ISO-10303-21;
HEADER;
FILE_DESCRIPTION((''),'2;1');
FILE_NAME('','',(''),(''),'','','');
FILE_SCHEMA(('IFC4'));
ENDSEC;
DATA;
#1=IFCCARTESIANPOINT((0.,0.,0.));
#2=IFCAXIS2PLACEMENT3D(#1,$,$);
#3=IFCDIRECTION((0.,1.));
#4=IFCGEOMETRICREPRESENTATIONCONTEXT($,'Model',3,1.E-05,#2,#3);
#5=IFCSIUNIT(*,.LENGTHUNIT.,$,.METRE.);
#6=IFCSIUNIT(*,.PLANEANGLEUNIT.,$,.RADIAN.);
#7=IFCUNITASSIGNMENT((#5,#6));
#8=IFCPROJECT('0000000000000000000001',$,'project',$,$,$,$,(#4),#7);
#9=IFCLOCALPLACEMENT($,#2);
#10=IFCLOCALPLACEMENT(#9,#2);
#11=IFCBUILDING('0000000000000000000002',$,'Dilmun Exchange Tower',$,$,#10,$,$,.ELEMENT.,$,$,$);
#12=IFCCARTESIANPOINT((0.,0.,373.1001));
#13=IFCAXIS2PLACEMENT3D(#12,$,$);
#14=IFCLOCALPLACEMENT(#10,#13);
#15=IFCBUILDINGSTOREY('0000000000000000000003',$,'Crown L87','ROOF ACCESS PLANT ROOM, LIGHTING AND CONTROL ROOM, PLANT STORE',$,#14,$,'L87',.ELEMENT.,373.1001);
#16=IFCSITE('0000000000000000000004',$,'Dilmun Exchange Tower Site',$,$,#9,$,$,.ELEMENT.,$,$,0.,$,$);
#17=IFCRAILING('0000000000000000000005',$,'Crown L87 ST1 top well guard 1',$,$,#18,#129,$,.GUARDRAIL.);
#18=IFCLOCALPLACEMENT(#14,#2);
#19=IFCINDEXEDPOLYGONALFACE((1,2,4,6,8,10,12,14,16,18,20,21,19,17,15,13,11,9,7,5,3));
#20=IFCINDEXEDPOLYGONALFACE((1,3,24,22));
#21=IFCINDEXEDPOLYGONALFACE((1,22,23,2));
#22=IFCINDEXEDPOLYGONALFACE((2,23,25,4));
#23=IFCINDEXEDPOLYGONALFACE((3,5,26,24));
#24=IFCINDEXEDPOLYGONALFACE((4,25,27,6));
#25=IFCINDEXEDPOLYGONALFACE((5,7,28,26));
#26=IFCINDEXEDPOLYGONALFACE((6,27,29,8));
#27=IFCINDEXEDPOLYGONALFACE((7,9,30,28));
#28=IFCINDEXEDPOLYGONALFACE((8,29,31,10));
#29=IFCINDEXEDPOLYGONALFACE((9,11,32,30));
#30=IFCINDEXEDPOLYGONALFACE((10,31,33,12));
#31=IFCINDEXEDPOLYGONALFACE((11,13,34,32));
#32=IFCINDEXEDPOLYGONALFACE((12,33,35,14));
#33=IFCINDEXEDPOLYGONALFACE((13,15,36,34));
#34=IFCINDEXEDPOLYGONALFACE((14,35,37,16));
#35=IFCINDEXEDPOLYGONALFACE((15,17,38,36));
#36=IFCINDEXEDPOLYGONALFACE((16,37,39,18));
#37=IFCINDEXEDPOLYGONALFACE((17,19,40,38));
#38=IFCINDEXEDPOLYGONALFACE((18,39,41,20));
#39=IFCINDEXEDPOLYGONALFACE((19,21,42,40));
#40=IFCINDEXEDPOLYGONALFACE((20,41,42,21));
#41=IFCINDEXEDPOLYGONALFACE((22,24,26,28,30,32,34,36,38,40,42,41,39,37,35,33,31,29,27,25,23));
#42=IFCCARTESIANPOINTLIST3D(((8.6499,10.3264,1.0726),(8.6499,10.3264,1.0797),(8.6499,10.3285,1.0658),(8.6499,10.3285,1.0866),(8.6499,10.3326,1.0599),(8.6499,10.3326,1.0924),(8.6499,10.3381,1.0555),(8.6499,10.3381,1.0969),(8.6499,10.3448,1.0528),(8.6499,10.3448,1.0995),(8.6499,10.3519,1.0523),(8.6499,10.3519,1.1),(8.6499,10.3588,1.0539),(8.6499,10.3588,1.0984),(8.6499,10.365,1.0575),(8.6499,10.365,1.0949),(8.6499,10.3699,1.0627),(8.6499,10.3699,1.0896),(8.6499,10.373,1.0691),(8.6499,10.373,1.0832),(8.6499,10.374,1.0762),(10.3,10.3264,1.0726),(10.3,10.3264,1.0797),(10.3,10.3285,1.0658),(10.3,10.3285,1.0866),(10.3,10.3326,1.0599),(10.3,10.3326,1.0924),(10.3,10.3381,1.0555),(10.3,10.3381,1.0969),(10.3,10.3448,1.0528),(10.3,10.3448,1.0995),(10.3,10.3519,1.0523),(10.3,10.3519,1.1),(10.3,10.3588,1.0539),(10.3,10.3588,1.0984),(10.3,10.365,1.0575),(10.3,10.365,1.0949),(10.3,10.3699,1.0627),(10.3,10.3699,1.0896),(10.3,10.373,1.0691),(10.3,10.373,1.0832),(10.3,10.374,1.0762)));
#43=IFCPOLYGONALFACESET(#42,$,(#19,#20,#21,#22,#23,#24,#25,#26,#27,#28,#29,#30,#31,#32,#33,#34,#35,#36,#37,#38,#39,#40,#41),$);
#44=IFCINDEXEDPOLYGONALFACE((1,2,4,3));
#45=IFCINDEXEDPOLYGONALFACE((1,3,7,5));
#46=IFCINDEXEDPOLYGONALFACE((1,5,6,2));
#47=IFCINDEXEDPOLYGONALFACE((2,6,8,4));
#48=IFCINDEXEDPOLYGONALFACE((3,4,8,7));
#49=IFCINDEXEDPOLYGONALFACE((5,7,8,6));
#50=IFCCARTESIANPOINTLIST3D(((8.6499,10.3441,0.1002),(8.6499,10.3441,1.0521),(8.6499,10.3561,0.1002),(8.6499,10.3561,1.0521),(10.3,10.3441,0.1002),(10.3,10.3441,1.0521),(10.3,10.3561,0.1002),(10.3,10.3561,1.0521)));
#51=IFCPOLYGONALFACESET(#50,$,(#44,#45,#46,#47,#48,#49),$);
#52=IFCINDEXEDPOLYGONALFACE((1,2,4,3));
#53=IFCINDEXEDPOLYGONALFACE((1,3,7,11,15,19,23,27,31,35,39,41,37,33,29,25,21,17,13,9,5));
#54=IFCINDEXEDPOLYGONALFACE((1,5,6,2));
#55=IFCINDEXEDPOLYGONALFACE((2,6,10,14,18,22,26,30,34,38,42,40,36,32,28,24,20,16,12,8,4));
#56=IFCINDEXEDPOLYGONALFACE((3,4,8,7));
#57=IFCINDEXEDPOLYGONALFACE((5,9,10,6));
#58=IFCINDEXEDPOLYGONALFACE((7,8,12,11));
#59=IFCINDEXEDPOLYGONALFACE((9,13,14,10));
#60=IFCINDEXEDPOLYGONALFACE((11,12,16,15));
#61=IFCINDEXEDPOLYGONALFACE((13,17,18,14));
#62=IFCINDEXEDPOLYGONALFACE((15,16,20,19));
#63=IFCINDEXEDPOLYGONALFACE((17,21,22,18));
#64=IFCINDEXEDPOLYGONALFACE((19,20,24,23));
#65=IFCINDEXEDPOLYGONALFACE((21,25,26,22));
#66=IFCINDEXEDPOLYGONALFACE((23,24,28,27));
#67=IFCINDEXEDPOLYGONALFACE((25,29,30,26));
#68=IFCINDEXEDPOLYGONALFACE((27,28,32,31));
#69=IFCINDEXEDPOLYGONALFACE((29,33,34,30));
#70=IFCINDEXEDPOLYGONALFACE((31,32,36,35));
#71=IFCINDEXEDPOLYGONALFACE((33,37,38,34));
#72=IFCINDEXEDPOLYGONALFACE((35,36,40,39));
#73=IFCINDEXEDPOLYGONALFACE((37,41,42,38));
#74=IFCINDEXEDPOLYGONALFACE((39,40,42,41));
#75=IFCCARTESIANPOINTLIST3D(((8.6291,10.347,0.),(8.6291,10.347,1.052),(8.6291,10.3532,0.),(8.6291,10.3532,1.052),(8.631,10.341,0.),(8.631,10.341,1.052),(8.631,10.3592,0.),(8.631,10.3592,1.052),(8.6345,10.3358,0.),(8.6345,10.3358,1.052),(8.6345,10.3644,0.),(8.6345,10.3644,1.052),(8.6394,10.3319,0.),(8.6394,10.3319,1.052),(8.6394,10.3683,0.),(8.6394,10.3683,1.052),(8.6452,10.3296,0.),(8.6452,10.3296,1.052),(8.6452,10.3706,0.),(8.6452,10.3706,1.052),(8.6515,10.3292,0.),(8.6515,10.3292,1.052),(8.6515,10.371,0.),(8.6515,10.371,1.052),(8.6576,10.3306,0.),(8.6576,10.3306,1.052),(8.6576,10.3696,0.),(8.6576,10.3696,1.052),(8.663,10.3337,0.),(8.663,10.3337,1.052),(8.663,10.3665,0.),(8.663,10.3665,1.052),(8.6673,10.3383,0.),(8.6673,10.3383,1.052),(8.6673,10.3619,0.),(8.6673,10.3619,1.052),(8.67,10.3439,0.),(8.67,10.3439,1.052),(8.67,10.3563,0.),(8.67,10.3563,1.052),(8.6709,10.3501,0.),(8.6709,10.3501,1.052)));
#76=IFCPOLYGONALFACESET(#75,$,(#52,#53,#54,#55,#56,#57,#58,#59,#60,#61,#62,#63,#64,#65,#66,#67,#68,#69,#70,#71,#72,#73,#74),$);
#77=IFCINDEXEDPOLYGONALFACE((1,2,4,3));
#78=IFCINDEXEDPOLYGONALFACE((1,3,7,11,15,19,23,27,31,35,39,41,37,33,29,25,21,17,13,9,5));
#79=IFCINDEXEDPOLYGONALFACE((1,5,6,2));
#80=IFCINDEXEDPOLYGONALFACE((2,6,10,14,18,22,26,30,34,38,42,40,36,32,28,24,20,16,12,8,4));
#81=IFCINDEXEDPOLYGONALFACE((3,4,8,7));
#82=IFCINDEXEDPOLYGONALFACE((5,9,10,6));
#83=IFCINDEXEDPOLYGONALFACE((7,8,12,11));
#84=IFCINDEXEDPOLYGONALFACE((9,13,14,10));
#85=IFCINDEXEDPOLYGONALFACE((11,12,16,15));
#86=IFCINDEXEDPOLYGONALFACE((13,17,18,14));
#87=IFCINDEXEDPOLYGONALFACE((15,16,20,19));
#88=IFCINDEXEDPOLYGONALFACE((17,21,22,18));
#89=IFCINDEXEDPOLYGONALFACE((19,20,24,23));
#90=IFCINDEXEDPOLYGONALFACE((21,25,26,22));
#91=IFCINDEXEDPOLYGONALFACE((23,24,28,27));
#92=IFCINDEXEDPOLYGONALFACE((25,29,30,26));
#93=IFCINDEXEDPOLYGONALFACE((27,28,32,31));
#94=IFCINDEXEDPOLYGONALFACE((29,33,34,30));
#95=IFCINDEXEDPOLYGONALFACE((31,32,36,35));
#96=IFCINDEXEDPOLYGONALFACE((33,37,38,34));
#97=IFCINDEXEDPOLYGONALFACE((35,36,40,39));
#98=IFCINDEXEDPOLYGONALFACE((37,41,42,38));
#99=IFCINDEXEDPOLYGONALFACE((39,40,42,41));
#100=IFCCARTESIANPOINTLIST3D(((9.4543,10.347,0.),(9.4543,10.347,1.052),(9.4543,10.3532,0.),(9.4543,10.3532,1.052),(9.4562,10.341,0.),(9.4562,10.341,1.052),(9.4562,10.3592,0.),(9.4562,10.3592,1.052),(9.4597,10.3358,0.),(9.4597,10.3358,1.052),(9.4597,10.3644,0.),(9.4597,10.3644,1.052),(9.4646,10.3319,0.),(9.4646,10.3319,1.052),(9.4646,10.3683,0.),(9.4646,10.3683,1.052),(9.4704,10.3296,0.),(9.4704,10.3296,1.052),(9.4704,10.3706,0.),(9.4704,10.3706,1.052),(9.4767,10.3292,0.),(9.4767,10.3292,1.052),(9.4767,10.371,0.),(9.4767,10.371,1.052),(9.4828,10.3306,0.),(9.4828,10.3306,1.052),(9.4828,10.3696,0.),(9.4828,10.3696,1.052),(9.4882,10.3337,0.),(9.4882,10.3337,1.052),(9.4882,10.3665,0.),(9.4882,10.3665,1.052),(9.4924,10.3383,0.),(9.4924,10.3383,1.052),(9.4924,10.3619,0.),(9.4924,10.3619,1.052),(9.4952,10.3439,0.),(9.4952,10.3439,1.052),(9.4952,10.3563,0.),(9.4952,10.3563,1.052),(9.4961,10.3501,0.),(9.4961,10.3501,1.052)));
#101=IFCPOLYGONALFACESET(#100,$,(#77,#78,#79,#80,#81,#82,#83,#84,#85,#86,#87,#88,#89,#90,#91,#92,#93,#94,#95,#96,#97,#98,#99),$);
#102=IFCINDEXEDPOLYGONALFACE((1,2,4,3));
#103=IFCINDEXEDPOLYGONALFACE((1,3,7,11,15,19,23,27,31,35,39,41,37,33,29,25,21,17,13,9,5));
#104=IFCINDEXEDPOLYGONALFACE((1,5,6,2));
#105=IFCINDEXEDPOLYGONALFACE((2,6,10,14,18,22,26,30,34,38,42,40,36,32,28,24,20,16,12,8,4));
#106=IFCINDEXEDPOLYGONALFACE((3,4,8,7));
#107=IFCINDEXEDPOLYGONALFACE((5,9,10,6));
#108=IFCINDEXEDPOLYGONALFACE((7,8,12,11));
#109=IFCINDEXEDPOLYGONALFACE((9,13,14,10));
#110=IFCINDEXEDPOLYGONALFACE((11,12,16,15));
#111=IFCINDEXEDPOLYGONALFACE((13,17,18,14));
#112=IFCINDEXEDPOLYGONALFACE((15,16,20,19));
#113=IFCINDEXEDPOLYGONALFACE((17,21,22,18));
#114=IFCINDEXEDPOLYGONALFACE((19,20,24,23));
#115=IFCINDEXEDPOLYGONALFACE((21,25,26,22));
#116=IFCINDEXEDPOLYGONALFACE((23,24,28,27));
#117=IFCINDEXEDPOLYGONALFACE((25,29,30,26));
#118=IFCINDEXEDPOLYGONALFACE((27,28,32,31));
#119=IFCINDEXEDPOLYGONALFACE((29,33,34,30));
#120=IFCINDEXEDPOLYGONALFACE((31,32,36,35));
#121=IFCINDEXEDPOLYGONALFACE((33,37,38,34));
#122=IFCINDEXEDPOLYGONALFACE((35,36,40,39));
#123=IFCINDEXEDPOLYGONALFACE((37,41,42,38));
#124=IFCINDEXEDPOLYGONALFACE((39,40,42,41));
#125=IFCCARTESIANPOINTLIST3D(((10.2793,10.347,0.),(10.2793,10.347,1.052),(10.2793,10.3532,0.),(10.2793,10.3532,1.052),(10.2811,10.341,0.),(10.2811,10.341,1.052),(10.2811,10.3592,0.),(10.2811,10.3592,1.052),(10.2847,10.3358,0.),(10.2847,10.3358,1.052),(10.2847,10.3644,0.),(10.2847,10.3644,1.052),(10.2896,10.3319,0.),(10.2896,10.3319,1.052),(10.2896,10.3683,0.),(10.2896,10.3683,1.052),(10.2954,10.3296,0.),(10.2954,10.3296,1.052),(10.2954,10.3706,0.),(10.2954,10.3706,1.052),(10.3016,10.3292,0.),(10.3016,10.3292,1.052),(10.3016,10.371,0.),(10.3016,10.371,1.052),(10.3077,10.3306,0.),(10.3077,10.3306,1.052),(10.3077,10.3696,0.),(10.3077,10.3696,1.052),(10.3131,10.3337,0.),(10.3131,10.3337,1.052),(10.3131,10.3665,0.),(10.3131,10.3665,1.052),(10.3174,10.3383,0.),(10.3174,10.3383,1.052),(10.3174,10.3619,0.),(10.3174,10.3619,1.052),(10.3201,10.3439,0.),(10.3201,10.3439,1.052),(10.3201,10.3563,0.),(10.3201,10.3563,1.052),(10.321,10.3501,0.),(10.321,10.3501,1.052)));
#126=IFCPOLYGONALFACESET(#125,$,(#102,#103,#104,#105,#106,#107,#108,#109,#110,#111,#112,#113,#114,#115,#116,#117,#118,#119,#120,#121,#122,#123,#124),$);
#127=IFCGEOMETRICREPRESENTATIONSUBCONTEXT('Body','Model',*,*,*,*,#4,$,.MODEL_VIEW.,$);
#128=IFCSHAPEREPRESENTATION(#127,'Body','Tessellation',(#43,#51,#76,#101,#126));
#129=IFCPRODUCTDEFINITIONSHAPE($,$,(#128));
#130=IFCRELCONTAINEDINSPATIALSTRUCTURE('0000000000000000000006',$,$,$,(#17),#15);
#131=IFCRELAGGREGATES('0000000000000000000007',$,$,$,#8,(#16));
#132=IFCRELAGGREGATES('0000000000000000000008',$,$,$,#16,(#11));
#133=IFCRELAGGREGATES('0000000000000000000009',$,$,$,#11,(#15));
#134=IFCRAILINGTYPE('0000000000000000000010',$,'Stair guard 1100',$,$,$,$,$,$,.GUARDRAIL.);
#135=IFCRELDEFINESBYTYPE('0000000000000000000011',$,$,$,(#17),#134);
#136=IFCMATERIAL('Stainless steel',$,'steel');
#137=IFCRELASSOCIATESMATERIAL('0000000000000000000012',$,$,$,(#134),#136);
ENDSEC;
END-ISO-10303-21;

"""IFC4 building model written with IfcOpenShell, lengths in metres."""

from ifc_helpers import new_model, si_unit, direction, frame, origin, origin_2d, place, context, subcontext, project, spatial, rectangle, circle, extrude, material, type_object, element, save


model = new_model("IFC4")

# Units and contexts
model_context = context("Model", 3, precision=1e-05, world=origin(), true_north=direction((0.0, 1.0)))
body_context = subcontext(model_context, "Body", "Model", "MODEL_VIEW")
ifc_project = project(units=[si_unit("LENGTHUNIT", "METRE"), si_unit("PLANEANGLEUNIT", "RADIAN")], contexts=[model_context])

# Site, building, storey
site_placement = place(None, origin())
site = spatial("IfcSite", under=ifc_project, at=site_placement, Name="Dilmun Exchange Tower Site", CompositionType="ELEMENT", RefElevation=0.0)
building_placement = place(site_placement, origin())
building = spatial("IfcBuilding", under=site, at=building_placement, Name="Dilmun Exchange Tower", CompositionType="ELEMENT")
storey_placement = place(building_placement, frame((0.0, 0.0, 373.1001)))
storey = spatial("IfcBuildingStorey", under=building, at=storey_placement, Name="Crown L87", Description="ROOF ACCESS PLANT ROOM, LIGHTING AND CONTROL ROOM, PLANT STORE", LongName="L87", CompositionType="ELEMENT", Elevation=373.1001)

# Railing
ifc_material_1 = material(Name="Stainless steel", Category="steel")
railing_type = type_object("IfcRailingType", Name="Stair guard 1100", PredefinedType="GUARDRAIL", material=ifc_material_1)
railing_placement = place(storey_placement, frame((8.6499, 10.3501, 0.0)))
element("IfcRailing", 1, at=railing_placement, inside=storey, type_object=railing_type, Name="Crown L87 ST1 top well guard 1", PredefinedType="GUARDRAIL", context=body_context, shape_type="SweptSolid", body=[
    extrude(circle(Radius=0.0239, at=origin_2d()), frame((0.0, 0.0, 1.0762), z_axis=(1.0, 0.0, 0.0), x_axis=(0.0, 1.0, 0.0)), (0.0, 0.0, 1.0), 1.6501),
    extrude(rectangle(XDim=0.012, YDim=0.9519, at=origin_2d()), frame((0.0, 0.0, 0.5762), z_axis=(1.0, 0.0, 0.0), x_axis=(0.0, 1.0, 0.0)), (0.0, 0.0, 1.0), 1.6501),
    extrude(circle(Radius=0.021, at=origin_2d()), origin(), (0.0, 0.0, 1.0), 1.052),
    extrude(circle(Radius=0.021, at=origin_2d()), frame((0.8252, 0.0, 0.0)), (0.0, 0.0, 1.0), 1.052),
    extrude(circle(Radius=0.021, at=origin_2d()), frame((1.6501, 0.0, 0.0)), (0.0, 0.0, 1.0), 1.052),
])

save(model, "model.ifc")
